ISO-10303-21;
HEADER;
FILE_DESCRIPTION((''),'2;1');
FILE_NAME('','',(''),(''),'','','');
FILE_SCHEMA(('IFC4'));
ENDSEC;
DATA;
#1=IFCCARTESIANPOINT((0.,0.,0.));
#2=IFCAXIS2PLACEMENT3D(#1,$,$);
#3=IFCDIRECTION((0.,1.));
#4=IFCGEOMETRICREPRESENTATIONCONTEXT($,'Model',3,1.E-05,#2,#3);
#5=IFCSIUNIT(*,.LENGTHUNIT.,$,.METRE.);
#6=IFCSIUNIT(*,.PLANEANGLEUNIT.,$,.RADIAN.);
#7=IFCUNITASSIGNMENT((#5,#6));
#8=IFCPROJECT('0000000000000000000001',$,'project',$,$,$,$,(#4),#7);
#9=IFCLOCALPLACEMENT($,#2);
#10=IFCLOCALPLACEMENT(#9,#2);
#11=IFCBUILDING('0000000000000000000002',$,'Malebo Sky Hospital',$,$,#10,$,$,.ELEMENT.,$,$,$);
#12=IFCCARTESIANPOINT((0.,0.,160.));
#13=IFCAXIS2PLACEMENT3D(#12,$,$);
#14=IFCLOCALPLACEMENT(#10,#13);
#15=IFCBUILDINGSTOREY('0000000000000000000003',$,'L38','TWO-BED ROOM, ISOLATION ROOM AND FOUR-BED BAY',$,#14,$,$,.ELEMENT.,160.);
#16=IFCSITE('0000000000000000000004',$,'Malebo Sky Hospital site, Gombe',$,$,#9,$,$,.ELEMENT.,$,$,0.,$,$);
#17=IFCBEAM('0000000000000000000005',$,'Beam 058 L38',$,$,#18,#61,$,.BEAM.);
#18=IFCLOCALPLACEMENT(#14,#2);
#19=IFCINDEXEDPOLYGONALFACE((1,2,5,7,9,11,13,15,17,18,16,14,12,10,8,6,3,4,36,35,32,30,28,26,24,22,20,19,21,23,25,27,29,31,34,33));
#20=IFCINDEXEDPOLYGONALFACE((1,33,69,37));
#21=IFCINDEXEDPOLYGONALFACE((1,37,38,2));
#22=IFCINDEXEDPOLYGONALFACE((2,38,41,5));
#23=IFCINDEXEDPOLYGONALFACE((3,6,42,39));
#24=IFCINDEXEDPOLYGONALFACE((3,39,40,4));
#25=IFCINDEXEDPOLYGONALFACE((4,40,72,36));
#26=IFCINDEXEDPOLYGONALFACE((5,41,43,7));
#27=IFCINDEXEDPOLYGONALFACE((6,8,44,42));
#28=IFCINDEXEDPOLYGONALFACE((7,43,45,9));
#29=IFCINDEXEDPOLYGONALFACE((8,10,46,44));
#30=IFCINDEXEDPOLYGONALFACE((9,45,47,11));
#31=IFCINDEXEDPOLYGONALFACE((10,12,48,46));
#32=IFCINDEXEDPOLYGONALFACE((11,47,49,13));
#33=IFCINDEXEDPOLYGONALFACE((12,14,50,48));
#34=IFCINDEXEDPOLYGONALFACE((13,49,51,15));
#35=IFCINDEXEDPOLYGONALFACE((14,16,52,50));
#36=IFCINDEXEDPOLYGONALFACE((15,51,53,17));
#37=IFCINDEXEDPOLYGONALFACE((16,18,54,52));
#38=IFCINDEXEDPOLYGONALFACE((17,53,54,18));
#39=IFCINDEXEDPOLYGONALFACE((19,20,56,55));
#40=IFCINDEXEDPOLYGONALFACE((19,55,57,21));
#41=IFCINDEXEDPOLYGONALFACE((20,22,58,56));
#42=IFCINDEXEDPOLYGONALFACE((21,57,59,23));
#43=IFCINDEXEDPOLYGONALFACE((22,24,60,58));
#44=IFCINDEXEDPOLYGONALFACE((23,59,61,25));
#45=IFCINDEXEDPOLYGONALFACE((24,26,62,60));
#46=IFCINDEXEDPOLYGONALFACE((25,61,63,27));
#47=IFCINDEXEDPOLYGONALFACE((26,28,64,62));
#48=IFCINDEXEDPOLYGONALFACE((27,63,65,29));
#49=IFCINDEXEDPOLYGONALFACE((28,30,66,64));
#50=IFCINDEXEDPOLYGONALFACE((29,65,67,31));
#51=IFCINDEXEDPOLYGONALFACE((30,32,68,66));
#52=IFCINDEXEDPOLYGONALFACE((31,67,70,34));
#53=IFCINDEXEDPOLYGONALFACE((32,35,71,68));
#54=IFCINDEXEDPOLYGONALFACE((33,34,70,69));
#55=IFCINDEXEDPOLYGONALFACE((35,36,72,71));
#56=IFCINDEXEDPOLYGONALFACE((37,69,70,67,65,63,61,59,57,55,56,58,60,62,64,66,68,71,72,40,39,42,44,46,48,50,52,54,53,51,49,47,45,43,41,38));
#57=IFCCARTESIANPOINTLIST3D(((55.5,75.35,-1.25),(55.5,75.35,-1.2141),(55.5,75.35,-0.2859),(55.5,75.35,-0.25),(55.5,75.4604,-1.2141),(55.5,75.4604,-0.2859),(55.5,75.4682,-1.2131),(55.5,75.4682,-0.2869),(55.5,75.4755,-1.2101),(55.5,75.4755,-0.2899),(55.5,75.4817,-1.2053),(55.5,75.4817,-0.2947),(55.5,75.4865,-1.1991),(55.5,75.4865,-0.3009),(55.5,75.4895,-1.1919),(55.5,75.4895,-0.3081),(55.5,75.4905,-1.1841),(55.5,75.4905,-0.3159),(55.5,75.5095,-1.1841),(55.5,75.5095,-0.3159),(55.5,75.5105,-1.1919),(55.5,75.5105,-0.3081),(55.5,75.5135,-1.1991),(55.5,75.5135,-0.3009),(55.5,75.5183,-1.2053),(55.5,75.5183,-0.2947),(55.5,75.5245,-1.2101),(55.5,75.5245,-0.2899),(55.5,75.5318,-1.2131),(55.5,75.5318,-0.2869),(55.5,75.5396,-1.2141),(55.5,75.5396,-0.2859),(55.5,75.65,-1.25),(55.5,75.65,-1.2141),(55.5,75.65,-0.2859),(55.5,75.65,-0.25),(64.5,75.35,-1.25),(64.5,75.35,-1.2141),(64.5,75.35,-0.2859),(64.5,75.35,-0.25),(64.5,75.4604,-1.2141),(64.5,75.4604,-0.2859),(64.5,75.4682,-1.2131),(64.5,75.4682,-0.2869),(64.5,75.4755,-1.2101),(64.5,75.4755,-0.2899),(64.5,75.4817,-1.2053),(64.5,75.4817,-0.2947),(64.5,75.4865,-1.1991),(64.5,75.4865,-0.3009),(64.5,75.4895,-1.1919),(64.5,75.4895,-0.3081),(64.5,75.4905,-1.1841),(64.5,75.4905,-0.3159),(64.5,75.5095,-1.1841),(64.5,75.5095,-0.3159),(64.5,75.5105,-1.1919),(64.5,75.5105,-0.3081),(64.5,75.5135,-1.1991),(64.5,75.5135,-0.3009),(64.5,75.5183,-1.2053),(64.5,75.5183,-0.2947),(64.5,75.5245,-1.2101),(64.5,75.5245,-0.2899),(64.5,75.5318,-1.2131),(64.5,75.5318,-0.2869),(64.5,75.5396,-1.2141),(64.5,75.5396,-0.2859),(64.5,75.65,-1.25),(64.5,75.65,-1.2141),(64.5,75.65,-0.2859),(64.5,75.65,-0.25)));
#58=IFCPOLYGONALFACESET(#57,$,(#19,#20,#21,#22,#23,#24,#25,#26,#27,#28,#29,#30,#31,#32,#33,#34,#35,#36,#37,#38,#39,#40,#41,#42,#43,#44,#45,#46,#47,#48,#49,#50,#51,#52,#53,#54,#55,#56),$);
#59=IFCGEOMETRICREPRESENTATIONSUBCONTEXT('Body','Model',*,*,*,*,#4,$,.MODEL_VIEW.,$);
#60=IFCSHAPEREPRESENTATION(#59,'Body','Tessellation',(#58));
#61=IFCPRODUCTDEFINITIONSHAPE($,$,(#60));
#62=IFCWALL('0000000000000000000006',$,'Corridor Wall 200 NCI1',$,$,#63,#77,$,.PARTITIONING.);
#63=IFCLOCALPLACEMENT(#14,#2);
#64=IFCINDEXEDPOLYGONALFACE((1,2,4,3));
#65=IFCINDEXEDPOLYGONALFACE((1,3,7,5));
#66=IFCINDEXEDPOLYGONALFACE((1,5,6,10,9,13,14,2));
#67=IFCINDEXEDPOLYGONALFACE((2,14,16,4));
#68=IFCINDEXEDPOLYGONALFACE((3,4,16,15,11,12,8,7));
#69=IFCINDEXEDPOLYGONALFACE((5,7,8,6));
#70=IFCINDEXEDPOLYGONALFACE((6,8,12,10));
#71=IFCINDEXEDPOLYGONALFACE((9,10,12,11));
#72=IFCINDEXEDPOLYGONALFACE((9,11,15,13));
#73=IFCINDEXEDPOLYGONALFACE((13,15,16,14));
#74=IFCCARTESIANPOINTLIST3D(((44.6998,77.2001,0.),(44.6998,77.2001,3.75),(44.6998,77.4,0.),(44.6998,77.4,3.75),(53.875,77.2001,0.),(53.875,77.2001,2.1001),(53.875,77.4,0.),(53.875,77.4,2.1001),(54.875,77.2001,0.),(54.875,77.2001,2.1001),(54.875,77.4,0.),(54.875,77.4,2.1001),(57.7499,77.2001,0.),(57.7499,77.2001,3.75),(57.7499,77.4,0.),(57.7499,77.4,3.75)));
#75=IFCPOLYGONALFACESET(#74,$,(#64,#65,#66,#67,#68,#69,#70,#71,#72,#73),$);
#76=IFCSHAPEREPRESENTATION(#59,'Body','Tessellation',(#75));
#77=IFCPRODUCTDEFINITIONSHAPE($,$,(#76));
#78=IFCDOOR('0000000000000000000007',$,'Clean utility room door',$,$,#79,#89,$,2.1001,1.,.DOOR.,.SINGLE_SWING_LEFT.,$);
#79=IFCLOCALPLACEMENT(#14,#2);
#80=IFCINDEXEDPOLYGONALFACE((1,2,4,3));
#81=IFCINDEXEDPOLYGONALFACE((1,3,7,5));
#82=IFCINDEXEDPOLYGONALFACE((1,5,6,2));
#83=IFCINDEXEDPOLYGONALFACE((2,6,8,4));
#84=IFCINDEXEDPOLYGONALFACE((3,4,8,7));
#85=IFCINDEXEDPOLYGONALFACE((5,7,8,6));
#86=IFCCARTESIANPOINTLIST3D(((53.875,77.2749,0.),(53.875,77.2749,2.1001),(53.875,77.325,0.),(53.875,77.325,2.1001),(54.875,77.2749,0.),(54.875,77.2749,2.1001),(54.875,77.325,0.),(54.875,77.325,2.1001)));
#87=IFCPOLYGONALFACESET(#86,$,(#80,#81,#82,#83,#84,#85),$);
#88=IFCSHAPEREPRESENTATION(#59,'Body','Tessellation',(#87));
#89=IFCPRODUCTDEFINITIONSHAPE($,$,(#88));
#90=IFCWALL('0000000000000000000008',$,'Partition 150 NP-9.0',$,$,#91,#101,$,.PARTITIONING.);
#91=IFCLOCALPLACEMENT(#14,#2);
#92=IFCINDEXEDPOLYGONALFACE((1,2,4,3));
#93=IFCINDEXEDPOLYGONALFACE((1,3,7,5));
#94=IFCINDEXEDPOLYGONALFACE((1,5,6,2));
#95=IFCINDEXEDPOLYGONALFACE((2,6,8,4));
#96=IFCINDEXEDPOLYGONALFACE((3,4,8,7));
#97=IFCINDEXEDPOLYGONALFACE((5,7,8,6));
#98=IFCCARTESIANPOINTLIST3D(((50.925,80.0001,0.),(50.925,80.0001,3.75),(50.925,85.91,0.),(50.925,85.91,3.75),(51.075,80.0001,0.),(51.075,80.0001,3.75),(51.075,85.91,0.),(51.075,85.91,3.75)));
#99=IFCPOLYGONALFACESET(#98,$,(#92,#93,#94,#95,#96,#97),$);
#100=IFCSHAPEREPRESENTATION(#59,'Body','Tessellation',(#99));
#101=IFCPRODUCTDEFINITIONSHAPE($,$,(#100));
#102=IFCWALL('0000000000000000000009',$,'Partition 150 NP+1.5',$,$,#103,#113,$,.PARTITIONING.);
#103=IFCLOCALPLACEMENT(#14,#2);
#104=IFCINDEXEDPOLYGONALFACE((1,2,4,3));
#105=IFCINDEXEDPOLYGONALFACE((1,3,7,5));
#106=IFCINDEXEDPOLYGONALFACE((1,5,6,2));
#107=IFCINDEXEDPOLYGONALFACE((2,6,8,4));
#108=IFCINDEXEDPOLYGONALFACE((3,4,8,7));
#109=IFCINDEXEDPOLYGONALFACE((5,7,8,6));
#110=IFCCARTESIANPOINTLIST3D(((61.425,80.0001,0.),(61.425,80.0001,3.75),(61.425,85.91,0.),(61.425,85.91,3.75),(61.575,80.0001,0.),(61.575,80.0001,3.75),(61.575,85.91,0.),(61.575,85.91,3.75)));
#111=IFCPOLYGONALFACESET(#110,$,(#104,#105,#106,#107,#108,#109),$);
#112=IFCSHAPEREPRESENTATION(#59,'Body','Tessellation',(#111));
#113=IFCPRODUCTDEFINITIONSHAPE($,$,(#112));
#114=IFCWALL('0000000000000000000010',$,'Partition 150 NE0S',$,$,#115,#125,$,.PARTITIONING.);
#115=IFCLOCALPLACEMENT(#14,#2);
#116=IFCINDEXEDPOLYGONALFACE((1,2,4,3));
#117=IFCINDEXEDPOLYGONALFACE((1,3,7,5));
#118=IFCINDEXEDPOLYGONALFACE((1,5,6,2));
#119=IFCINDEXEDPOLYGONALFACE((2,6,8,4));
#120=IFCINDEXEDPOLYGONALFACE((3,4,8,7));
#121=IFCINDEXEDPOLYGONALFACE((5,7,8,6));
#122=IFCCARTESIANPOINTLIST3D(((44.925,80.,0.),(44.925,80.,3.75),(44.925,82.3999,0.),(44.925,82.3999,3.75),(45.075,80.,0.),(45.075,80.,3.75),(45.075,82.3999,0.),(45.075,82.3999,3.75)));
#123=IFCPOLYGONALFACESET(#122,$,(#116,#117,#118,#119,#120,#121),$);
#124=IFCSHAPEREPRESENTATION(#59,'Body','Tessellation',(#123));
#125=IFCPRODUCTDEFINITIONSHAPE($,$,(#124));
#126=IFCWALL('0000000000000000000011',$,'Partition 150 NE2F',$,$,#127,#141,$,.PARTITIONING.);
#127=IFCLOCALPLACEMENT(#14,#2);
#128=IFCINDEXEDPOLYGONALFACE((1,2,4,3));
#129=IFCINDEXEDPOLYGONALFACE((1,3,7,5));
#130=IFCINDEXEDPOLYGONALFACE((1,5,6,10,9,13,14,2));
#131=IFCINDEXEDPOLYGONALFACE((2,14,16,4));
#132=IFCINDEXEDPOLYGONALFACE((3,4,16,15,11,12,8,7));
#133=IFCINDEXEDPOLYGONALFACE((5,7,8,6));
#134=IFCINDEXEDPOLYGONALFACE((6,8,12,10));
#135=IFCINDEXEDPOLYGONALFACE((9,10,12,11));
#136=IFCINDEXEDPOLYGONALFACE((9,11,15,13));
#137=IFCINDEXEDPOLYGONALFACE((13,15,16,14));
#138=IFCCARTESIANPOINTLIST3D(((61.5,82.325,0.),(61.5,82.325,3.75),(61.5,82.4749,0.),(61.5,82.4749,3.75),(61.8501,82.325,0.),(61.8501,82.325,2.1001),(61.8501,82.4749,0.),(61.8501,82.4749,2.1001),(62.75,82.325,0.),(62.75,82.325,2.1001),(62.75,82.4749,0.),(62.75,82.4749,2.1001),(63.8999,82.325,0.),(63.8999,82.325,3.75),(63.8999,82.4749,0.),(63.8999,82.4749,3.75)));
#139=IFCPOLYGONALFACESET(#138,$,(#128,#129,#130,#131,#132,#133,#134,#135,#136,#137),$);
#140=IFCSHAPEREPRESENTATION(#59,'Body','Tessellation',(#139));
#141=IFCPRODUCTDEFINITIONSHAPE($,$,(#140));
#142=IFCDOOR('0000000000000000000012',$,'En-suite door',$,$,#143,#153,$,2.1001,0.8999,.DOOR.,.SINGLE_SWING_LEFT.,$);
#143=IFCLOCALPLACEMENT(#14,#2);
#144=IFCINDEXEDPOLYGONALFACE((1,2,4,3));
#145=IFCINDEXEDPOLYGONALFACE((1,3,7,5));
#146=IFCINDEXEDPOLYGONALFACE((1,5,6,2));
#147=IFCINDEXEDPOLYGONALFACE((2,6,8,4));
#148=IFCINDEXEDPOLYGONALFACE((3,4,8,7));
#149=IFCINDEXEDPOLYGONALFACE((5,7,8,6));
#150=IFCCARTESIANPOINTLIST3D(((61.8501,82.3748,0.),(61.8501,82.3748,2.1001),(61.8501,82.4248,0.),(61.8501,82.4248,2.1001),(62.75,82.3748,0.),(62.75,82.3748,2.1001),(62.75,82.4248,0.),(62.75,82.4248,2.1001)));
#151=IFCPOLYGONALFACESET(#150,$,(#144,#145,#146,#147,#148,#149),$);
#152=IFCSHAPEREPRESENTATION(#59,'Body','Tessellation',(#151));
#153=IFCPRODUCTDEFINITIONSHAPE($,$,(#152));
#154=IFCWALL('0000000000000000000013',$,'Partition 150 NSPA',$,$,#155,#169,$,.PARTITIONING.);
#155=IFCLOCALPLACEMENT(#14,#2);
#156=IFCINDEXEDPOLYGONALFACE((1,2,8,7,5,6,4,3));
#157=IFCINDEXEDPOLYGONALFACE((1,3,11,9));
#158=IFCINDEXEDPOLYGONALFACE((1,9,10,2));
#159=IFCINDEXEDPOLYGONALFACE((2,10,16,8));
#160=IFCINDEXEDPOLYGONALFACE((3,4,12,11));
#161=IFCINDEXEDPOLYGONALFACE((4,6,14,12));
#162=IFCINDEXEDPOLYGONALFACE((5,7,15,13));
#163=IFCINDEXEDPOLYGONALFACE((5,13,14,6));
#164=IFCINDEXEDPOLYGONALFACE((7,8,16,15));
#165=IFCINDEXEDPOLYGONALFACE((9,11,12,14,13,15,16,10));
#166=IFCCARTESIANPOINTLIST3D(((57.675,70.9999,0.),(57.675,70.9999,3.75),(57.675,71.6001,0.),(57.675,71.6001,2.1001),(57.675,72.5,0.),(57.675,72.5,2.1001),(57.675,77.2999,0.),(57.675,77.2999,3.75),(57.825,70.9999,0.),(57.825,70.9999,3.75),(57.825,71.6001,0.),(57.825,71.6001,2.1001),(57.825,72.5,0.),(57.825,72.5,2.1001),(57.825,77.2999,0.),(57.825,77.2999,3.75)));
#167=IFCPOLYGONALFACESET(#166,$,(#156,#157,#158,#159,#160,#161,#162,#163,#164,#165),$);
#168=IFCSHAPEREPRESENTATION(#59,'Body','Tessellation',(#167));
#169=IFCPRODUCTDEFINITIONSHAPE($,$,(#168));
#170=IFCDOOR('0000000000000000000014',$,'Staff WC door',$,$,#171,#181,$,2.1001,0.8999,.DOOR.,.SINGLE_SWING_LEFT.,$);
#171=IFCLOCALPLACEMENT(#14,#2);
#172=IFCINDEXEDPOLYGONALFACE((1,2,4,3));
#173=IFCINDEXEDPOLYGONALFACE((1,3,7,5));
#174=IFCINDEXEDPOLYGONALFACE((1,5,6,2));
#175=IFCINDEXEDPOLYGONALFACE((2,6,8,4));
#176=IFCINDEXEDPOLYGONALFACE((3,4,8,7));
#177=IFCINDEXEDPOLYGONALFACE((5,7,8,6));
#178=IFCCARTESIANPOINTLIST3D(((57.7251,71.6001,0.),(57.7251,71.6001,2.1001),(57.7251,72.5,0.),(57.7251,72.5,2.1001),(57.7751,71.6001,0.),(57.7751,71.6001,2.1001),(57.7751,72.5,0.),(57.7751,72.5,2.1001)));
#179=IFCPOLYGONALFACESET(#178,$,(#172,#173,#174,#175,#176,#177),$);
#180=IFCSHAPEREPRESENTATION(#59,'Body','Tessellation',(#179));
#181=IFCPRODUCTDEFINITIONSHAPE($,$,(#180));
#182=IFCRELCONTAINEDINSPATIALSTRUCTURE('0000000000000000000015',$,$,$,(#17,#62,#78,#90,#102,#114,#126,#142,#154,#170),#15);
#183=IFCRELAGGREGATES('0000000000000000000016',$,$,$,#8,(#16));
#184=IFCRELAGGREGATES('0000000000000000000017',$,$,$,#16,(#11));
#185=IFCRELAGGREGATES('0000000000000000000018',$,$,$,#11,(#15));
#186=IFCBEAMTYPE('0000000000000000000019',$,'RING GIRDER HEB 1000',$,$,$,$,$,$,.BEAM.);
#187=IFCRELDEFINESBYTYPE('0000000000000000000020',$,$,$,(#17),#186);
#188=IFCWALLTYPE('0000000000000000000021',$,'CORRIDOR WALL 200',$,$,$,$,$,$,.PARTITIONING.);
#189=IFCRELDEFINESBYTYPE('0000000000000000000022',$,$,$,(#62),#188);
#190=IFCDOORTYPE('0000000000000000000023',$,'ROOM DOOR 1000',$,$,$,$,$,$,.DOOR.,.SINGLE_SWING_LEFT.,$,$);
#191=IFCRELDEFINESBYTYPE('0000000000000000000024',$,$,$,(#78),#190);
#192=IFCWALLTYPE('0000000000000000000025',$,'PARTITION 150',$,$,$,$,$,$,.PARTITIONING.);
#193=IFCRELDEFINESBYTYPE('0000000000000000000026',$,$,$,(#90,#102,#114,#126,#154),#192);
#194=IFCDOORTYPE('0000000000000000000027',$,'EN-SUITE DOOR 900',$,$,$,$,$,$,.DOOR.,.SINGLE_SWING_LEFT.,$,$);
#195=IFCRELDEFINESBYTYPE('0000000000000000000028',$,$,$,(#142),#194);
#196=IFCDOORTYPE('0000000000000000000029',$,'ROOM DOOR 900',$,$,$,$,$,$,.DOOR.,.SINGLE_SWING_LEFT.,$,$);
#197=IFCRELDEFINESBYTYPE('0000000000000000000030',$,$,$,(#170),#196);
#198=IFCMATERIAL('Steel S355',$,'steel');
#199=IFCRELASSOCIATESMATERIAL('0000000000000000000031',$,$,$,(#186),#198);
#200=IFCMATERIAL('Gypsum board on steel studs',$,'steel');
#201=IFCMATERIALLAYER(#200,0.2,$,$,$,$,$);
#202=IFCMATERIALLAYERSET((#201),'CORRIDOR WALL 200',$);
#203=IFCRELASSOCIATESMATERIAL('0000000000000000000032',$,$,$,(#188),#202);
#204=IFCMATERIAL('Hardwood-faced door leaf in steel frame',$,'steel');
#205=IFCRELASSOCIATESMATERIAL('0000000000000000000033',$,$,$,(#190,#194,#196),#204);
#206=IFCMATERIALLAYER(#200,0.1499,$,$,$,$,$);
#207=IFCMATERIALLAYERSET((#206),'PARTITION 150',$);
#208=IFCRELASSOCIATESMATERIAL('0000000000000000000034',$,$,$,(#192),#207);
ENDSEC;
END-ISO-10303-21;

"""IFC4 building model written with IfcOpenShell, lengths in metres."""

from ifc_helpers import new_model, si_unit, direction, frame, frame_2d, origin, origin_2d, place, context, subcontext, project, spatial, rectangle, i_section, extrude, material, layer, layer_set, material_profile, profile_set, type_object, element, fill, save


model = new_model("IFC4")

# Units and contexts
model_context = context("Model", 3, precision=1e-05, world=origin(), true_north=direction((0.0, 1.0)))
body_context = subcontext(model_context, "Body", "Model", "MODEL_VIEW")
ifc_project = project(units=[si_unit("LENGTHUNIT", "METRE"), si_unit("PLANEANGLEUNIT", "RADIAN")], contexts=[model_context])

# Site, building, storey
site_placement = place(None, origin())
site = spatial("IfcSite", under=ifc_project, at=site_placement, Name="Malebo Sky Hospital site, Gombe", CompositionType="ELEMENT", RefElevation=0.0)
building_placement = place(site_placement, origin())
building = spatial("IfcBuilding", under=site, at=building_placement, Name="Malebo Sky Hospital", CompositionType="ELEMENT")
storey_placement = place(building_placement, frame((0.0, 0.0, 160.0)))
storey = spatial("IfcBuildingStorey", under=building, at=storey_placement, Name="L38", Description="TWO-BED ROOM, ISOLATION ROOM AND FOUR-BED BAY", CompositionType="ELEMENT", Elevation=160.0)

# Beam
ifc_material_1 = material(Name="Steel S355", Category="steel")
ifc_material_profile_1 = material_profile(ifc_material_1, i_section(OverallWidth=0.3, OverallDepth=1.0, WebThickness=0.019, FlangeThickness=0.0359, FilletRadius=0.03, at=origin_2d()), Name="HEB 1000")
ifc_profile_set_1 = profile_set([ifc_material_profile_1], Name="Steel S355")
beam_type_1 = type_object("IfcBeamType", Name="RING GIRDER HEB 1000", PredefinedType="BEAM", material=ifc_profile_set_1)
beam_1_placement = place(storey_placement, frame((55.5, 75.5, -0.75), z_axis=(1.0, 0.0, 0.0), x_axis=(0.0, 1.0, 0.0)))
element("IfcBeam", 1, at=beam_1_placement, inside=storey, type_object=beam_type_1, Name="Beam 058 L38", PredefinedType="BEAM", context=body_context, shape_type="SweptSolid", body=[
    extrude(i_section(OverallWidth=0.3, OverallDepth=1.0, WebThickness=0.019, FlangeThickness=0.0359, FilletRadius=0.03, at=origin_2d()), origin(), (0.0, 0.0, 1.0), 9.0),
])

# Wall, opening, door
ifc_material_2 = material(Name="Gypsum board on steel studs", Category="steel")
ifc_layer_1 = layer(ifc_material_2, 0.2)
ifc_layer_set_1 = layer_set([ifc_layer_1], Name="CORRIDOR WALL 200")
wall_type_1 = type_object("IfcWallType", Name="CORRIDOR WALL 200", PredefinedType="PARTITIONING", material=ifc_layer_set_1)
wall_1_placement = place(storey_placement, frame((44.7, 77.3, 0.0), z_axis=(0.0, 0.0, 1.0), x_axis=(1.0, 0.0, 0.0)))
wall_1 = element("IfcWall", 2, at=wall_1_placement, inside=storey, type_object=wall_type_1, Name="Corridor Wall 200 NCI1", PredefinedType="PARTITIONING", context=body_context, shape_type="SweptSolid", body=[
    extrude(rectangle(XDim=13.05, YDim=0.2, at=frame_2d((6.5249, 0.0))), origin(), (0.0, 0.0, 1.0), 3.75),
])
opening_1_placement = place(wall_1_placement, frame((9.175, 0.0, 0.0)))
opening_1 = element("IfcOpeningElement", 3, at=opening_1_placement, cuts=wall_1, PredefinedType="OPENING", context=body_context, shape_type="SweptSolid", body=[
    extrude(rectangle(XDim=1.0, YDim=2.1001, at=frame_2d((0.5, 1.05))), frame((0.0, 0.1099, 0.0), z_axis=(0.0, -1.0, 0.0), x_axis=(1.0, 0.0, 0.0)), (0.0, 0.0, 1.0), 0.22),
])
ifc_material_3 = material(Name="Hardwood-faced door leaf in steel frame", Category="steel")
door_type_1 = type_object("IfcDoorType", Name="ROOM DOOR 1000", OperationType="SINGLE_SWING_LEFT", PredefinedType="DOOR", material=ifc_material_3)
door_1_placement = place(opening_1_placement, origin())
door_1 = element("IfcDoor", 4, at=door_1_placement, inside=storey, type_object=door_type_1, Name="Clean utility room door", OperationType="SINGLE_SWING_LEFT", OverallHeight=2.1001, OverallWidth=1.0, PredefinedType="DOOR", context=body_context, shape_type="SweptSolid", body=[
    extrude(rectangle(XDim=1.0, YDim=2.1001, at=frame_2d((0.5, 1.05))), frame((0.0, 0.0249, 0.0), z_axis=(0.0, -1.0, 0.0), x_axis=(1.0, 0.0, 0.0)), (0.0, 0.0, 1.0), 0.05),
])
fill(opening_1, door_1)

# Walls
ifc_layer_2 = layer(ifc_material_2, 0.1499)
ifc_layer_set_2 = layer_set([ifc_layer_2], Name="PARTITION 150")
wall_type_2 = type_object("IfcWallType", Name="PARTITION 150", PredefinedType="PARTITIONING", material=ifc_layer_set_2)
for number, where, z_axis, x_axis, name in (
    (5, (51.0, 80.0, 0.0), (0.0, 0.0, 1.0), (0.0, 1.0, 0.0), "Partition 150 NP-9.0"),
    (6, (61.5, 80.0, 0.0), (0.0, 0.0, 1.0), (0.0, 1.0, 0.0), "Partition 150 NP+1.5"),
):
    element("IfcWall", number, at=place(storey_placement, frame(where, z_axis=z_axis, x_axis=x_axis)), inside=storey, type_object=wall_type_2, Name=name, PredefinedType="PARTITIONING", context=body_context, shape_type="SweptSolid", body=[
        extrude(rectangle(XDim=5.9099, YDim=0.1499, at=frame_2d((2.9551, 0.0))), origin(), (0.0, 0.0, 1.0), 3.75),
    ])
wall_2_placement = place(storey_placement, frame((45.0, 80.0, 0.0), z_axis=(0.0, 0.0, 1.0), x_axis=(0.0, 1.0, 0.0)))
element("IfcWall", 7, at=wall_2_placement, inside=storey, type_object=wall_type_2, Name="Partition 150 NE0S", PredefinedType="PARTITIONING", context=body_context, shape_type="SweptSolid", body=[
    extrude(rectangle(XDim=2.3999, YDim=0.1499, at=frame_2d((1.2, 0.0))), origin(), (0.0, 0.0, 1.0), 3.75),
])

# Walls, openings, doors
wall_3_placement = place(storey_placement, frame((61.5, 82.3999, 0.0), z_axis=(0.0, 0.0, 1.0), x_axis=(1.0, 0.0, 0.0)))
wall_3 = element("IfcWall", 8, at=wall_3_placement, inside=storey, type_object=wall_type_2, Name="Partition 150 NE2F", PredefinedType="PARTITIONING", context=body_context, shape_type="SweptSolid", body=[
    extrude(rectangle(XDim=2.3999, YDim=0.1499, at=frame_2d((1.2, 0.0))), origin(), (0.0, 0.0, 1.0), 3.75),
])
opening_2_placement = place(wall_3_placement, frame((0.3501, 0.0, 0.0)))
opening_2 = element("IfcOpeningElement", 9, at=opening_2_placement, cuts=wall_3, PredefinedType="OPENING", context=body_context, shape_type="SweptSolid", body=[
    extrude(rectangle(XDim=0.8999, YDim=2.1001, at=frame_2d((0.45, 1.05))), frame((0.0, 0.085, 0.0), z_axis=(0.0, -1.0, 0.0), x_axis=(1.0, 0.0, 0.0)), (0.0, 0.0, 1.0), 0.1699),
])
door_type_2 = type_object("IfcDoorType", Name="EN-SUITE DOOR 900", OperationType="SINGLE_SWING_LEFT", PredefinedType="DOOR", material=ifc_material_3)
door_2_placement = place(opening_2_placement, origin())
door_2 = element("IfcDoor", 10, at=door_2_placement, inside=storey, type_object=door_type_2, Name="En-suite door", OperationType="SINGLE_SWING_LEFT", OverallHeight=2.1001, OverallWidth=0.8999, PredefinedType="DOOR", context=body_context, shape_type="SweptSolid", body=[
    extrude(rectangle(XDim=0.8999, YDim=2.1001, at=frame_2d((0.45, 1.05))), frame((0.0, 0.0249, 0.0), z_axis=(0.0, -1.0, 0.0), x_axis=(1.0, 0.0, 0.0)), (0.0, 0.0, 1.0), 0.05),
])
fill(opening_2, door_2)
wall_4_placement = place(storey_placement, frame((57.75, 71.0, 0.0), z_axis=(0.0, 0.0, 1.0), x_axis=(0.0, 1.0, 0.0)))
wall_4 = element("IfcWall", 11, at=wall_4_placement, inside=storey, type_object=wall_type_2, Name="Partition 150 NSPA", PredefinedType="PARTITIONING", context=body_context, shape_type="SweptSolid", body=[
    extrude(rectangle(XDim=6.3, YDim=0.1499, at=frame_2d((3.1499, 0.0))), origin(), (0.0, 0.0, 1.0), 3.75),
])
opening_3_placement = place(wall_4_placement, frame((0.6001, 0.0, 0.0)))
opening_3 = element("IfcOpeningElement", 12, at=opening_3_placement, cuts=wall_4, PredefinedType="OPENING", context=body_context, shape_type="SweptSolid", body=[
    extrude(rectangle(XDim=0.8999, YDim=2.1001, at=frame_2d((0.45, 1.05))), frame((0.0, 0.085, 0.0), z_axis=(0.0, -1.0, 0.0), x_axis=(1.0, 0.0, 0.0)), (0.0, 0.0, 1.0), 0.1699),
])
door_type_3 = type_object("IfcDoorType", Name="ROOM DOOR 900", OperationType="SINGLE_SWING_LEFT", PredefinedType="DOOR", material=ifc_material_3)
door_3_placement = place(opening_3_placement, origin())
door_3 = element("IfcDoor", 13, at=door_3_placement, inside=storey, type_object=door_type_3, Name="Staff WC door", OperationType="SINGLE_SWING_LEFT", OverallHeight=2.1001, OverallWidth=0.8999, PredefinedType="DOOR", context=body_context, shape_type="SweptSolid", body=[
    extrude(rectangle(XDim=0.8999, YDim=2.1001, at=frame_2d((0.45, 1.05))), frame((0.0, 0.0249, 0.0), z_axis=(0.0, -1.0, 0.0), x_axis=(1.0, 0.0, 0.0)), (0.0, 0.0, 1.0), 0.05),
])
fill(opening_3, door_3)

save(model, "model.ifc")
